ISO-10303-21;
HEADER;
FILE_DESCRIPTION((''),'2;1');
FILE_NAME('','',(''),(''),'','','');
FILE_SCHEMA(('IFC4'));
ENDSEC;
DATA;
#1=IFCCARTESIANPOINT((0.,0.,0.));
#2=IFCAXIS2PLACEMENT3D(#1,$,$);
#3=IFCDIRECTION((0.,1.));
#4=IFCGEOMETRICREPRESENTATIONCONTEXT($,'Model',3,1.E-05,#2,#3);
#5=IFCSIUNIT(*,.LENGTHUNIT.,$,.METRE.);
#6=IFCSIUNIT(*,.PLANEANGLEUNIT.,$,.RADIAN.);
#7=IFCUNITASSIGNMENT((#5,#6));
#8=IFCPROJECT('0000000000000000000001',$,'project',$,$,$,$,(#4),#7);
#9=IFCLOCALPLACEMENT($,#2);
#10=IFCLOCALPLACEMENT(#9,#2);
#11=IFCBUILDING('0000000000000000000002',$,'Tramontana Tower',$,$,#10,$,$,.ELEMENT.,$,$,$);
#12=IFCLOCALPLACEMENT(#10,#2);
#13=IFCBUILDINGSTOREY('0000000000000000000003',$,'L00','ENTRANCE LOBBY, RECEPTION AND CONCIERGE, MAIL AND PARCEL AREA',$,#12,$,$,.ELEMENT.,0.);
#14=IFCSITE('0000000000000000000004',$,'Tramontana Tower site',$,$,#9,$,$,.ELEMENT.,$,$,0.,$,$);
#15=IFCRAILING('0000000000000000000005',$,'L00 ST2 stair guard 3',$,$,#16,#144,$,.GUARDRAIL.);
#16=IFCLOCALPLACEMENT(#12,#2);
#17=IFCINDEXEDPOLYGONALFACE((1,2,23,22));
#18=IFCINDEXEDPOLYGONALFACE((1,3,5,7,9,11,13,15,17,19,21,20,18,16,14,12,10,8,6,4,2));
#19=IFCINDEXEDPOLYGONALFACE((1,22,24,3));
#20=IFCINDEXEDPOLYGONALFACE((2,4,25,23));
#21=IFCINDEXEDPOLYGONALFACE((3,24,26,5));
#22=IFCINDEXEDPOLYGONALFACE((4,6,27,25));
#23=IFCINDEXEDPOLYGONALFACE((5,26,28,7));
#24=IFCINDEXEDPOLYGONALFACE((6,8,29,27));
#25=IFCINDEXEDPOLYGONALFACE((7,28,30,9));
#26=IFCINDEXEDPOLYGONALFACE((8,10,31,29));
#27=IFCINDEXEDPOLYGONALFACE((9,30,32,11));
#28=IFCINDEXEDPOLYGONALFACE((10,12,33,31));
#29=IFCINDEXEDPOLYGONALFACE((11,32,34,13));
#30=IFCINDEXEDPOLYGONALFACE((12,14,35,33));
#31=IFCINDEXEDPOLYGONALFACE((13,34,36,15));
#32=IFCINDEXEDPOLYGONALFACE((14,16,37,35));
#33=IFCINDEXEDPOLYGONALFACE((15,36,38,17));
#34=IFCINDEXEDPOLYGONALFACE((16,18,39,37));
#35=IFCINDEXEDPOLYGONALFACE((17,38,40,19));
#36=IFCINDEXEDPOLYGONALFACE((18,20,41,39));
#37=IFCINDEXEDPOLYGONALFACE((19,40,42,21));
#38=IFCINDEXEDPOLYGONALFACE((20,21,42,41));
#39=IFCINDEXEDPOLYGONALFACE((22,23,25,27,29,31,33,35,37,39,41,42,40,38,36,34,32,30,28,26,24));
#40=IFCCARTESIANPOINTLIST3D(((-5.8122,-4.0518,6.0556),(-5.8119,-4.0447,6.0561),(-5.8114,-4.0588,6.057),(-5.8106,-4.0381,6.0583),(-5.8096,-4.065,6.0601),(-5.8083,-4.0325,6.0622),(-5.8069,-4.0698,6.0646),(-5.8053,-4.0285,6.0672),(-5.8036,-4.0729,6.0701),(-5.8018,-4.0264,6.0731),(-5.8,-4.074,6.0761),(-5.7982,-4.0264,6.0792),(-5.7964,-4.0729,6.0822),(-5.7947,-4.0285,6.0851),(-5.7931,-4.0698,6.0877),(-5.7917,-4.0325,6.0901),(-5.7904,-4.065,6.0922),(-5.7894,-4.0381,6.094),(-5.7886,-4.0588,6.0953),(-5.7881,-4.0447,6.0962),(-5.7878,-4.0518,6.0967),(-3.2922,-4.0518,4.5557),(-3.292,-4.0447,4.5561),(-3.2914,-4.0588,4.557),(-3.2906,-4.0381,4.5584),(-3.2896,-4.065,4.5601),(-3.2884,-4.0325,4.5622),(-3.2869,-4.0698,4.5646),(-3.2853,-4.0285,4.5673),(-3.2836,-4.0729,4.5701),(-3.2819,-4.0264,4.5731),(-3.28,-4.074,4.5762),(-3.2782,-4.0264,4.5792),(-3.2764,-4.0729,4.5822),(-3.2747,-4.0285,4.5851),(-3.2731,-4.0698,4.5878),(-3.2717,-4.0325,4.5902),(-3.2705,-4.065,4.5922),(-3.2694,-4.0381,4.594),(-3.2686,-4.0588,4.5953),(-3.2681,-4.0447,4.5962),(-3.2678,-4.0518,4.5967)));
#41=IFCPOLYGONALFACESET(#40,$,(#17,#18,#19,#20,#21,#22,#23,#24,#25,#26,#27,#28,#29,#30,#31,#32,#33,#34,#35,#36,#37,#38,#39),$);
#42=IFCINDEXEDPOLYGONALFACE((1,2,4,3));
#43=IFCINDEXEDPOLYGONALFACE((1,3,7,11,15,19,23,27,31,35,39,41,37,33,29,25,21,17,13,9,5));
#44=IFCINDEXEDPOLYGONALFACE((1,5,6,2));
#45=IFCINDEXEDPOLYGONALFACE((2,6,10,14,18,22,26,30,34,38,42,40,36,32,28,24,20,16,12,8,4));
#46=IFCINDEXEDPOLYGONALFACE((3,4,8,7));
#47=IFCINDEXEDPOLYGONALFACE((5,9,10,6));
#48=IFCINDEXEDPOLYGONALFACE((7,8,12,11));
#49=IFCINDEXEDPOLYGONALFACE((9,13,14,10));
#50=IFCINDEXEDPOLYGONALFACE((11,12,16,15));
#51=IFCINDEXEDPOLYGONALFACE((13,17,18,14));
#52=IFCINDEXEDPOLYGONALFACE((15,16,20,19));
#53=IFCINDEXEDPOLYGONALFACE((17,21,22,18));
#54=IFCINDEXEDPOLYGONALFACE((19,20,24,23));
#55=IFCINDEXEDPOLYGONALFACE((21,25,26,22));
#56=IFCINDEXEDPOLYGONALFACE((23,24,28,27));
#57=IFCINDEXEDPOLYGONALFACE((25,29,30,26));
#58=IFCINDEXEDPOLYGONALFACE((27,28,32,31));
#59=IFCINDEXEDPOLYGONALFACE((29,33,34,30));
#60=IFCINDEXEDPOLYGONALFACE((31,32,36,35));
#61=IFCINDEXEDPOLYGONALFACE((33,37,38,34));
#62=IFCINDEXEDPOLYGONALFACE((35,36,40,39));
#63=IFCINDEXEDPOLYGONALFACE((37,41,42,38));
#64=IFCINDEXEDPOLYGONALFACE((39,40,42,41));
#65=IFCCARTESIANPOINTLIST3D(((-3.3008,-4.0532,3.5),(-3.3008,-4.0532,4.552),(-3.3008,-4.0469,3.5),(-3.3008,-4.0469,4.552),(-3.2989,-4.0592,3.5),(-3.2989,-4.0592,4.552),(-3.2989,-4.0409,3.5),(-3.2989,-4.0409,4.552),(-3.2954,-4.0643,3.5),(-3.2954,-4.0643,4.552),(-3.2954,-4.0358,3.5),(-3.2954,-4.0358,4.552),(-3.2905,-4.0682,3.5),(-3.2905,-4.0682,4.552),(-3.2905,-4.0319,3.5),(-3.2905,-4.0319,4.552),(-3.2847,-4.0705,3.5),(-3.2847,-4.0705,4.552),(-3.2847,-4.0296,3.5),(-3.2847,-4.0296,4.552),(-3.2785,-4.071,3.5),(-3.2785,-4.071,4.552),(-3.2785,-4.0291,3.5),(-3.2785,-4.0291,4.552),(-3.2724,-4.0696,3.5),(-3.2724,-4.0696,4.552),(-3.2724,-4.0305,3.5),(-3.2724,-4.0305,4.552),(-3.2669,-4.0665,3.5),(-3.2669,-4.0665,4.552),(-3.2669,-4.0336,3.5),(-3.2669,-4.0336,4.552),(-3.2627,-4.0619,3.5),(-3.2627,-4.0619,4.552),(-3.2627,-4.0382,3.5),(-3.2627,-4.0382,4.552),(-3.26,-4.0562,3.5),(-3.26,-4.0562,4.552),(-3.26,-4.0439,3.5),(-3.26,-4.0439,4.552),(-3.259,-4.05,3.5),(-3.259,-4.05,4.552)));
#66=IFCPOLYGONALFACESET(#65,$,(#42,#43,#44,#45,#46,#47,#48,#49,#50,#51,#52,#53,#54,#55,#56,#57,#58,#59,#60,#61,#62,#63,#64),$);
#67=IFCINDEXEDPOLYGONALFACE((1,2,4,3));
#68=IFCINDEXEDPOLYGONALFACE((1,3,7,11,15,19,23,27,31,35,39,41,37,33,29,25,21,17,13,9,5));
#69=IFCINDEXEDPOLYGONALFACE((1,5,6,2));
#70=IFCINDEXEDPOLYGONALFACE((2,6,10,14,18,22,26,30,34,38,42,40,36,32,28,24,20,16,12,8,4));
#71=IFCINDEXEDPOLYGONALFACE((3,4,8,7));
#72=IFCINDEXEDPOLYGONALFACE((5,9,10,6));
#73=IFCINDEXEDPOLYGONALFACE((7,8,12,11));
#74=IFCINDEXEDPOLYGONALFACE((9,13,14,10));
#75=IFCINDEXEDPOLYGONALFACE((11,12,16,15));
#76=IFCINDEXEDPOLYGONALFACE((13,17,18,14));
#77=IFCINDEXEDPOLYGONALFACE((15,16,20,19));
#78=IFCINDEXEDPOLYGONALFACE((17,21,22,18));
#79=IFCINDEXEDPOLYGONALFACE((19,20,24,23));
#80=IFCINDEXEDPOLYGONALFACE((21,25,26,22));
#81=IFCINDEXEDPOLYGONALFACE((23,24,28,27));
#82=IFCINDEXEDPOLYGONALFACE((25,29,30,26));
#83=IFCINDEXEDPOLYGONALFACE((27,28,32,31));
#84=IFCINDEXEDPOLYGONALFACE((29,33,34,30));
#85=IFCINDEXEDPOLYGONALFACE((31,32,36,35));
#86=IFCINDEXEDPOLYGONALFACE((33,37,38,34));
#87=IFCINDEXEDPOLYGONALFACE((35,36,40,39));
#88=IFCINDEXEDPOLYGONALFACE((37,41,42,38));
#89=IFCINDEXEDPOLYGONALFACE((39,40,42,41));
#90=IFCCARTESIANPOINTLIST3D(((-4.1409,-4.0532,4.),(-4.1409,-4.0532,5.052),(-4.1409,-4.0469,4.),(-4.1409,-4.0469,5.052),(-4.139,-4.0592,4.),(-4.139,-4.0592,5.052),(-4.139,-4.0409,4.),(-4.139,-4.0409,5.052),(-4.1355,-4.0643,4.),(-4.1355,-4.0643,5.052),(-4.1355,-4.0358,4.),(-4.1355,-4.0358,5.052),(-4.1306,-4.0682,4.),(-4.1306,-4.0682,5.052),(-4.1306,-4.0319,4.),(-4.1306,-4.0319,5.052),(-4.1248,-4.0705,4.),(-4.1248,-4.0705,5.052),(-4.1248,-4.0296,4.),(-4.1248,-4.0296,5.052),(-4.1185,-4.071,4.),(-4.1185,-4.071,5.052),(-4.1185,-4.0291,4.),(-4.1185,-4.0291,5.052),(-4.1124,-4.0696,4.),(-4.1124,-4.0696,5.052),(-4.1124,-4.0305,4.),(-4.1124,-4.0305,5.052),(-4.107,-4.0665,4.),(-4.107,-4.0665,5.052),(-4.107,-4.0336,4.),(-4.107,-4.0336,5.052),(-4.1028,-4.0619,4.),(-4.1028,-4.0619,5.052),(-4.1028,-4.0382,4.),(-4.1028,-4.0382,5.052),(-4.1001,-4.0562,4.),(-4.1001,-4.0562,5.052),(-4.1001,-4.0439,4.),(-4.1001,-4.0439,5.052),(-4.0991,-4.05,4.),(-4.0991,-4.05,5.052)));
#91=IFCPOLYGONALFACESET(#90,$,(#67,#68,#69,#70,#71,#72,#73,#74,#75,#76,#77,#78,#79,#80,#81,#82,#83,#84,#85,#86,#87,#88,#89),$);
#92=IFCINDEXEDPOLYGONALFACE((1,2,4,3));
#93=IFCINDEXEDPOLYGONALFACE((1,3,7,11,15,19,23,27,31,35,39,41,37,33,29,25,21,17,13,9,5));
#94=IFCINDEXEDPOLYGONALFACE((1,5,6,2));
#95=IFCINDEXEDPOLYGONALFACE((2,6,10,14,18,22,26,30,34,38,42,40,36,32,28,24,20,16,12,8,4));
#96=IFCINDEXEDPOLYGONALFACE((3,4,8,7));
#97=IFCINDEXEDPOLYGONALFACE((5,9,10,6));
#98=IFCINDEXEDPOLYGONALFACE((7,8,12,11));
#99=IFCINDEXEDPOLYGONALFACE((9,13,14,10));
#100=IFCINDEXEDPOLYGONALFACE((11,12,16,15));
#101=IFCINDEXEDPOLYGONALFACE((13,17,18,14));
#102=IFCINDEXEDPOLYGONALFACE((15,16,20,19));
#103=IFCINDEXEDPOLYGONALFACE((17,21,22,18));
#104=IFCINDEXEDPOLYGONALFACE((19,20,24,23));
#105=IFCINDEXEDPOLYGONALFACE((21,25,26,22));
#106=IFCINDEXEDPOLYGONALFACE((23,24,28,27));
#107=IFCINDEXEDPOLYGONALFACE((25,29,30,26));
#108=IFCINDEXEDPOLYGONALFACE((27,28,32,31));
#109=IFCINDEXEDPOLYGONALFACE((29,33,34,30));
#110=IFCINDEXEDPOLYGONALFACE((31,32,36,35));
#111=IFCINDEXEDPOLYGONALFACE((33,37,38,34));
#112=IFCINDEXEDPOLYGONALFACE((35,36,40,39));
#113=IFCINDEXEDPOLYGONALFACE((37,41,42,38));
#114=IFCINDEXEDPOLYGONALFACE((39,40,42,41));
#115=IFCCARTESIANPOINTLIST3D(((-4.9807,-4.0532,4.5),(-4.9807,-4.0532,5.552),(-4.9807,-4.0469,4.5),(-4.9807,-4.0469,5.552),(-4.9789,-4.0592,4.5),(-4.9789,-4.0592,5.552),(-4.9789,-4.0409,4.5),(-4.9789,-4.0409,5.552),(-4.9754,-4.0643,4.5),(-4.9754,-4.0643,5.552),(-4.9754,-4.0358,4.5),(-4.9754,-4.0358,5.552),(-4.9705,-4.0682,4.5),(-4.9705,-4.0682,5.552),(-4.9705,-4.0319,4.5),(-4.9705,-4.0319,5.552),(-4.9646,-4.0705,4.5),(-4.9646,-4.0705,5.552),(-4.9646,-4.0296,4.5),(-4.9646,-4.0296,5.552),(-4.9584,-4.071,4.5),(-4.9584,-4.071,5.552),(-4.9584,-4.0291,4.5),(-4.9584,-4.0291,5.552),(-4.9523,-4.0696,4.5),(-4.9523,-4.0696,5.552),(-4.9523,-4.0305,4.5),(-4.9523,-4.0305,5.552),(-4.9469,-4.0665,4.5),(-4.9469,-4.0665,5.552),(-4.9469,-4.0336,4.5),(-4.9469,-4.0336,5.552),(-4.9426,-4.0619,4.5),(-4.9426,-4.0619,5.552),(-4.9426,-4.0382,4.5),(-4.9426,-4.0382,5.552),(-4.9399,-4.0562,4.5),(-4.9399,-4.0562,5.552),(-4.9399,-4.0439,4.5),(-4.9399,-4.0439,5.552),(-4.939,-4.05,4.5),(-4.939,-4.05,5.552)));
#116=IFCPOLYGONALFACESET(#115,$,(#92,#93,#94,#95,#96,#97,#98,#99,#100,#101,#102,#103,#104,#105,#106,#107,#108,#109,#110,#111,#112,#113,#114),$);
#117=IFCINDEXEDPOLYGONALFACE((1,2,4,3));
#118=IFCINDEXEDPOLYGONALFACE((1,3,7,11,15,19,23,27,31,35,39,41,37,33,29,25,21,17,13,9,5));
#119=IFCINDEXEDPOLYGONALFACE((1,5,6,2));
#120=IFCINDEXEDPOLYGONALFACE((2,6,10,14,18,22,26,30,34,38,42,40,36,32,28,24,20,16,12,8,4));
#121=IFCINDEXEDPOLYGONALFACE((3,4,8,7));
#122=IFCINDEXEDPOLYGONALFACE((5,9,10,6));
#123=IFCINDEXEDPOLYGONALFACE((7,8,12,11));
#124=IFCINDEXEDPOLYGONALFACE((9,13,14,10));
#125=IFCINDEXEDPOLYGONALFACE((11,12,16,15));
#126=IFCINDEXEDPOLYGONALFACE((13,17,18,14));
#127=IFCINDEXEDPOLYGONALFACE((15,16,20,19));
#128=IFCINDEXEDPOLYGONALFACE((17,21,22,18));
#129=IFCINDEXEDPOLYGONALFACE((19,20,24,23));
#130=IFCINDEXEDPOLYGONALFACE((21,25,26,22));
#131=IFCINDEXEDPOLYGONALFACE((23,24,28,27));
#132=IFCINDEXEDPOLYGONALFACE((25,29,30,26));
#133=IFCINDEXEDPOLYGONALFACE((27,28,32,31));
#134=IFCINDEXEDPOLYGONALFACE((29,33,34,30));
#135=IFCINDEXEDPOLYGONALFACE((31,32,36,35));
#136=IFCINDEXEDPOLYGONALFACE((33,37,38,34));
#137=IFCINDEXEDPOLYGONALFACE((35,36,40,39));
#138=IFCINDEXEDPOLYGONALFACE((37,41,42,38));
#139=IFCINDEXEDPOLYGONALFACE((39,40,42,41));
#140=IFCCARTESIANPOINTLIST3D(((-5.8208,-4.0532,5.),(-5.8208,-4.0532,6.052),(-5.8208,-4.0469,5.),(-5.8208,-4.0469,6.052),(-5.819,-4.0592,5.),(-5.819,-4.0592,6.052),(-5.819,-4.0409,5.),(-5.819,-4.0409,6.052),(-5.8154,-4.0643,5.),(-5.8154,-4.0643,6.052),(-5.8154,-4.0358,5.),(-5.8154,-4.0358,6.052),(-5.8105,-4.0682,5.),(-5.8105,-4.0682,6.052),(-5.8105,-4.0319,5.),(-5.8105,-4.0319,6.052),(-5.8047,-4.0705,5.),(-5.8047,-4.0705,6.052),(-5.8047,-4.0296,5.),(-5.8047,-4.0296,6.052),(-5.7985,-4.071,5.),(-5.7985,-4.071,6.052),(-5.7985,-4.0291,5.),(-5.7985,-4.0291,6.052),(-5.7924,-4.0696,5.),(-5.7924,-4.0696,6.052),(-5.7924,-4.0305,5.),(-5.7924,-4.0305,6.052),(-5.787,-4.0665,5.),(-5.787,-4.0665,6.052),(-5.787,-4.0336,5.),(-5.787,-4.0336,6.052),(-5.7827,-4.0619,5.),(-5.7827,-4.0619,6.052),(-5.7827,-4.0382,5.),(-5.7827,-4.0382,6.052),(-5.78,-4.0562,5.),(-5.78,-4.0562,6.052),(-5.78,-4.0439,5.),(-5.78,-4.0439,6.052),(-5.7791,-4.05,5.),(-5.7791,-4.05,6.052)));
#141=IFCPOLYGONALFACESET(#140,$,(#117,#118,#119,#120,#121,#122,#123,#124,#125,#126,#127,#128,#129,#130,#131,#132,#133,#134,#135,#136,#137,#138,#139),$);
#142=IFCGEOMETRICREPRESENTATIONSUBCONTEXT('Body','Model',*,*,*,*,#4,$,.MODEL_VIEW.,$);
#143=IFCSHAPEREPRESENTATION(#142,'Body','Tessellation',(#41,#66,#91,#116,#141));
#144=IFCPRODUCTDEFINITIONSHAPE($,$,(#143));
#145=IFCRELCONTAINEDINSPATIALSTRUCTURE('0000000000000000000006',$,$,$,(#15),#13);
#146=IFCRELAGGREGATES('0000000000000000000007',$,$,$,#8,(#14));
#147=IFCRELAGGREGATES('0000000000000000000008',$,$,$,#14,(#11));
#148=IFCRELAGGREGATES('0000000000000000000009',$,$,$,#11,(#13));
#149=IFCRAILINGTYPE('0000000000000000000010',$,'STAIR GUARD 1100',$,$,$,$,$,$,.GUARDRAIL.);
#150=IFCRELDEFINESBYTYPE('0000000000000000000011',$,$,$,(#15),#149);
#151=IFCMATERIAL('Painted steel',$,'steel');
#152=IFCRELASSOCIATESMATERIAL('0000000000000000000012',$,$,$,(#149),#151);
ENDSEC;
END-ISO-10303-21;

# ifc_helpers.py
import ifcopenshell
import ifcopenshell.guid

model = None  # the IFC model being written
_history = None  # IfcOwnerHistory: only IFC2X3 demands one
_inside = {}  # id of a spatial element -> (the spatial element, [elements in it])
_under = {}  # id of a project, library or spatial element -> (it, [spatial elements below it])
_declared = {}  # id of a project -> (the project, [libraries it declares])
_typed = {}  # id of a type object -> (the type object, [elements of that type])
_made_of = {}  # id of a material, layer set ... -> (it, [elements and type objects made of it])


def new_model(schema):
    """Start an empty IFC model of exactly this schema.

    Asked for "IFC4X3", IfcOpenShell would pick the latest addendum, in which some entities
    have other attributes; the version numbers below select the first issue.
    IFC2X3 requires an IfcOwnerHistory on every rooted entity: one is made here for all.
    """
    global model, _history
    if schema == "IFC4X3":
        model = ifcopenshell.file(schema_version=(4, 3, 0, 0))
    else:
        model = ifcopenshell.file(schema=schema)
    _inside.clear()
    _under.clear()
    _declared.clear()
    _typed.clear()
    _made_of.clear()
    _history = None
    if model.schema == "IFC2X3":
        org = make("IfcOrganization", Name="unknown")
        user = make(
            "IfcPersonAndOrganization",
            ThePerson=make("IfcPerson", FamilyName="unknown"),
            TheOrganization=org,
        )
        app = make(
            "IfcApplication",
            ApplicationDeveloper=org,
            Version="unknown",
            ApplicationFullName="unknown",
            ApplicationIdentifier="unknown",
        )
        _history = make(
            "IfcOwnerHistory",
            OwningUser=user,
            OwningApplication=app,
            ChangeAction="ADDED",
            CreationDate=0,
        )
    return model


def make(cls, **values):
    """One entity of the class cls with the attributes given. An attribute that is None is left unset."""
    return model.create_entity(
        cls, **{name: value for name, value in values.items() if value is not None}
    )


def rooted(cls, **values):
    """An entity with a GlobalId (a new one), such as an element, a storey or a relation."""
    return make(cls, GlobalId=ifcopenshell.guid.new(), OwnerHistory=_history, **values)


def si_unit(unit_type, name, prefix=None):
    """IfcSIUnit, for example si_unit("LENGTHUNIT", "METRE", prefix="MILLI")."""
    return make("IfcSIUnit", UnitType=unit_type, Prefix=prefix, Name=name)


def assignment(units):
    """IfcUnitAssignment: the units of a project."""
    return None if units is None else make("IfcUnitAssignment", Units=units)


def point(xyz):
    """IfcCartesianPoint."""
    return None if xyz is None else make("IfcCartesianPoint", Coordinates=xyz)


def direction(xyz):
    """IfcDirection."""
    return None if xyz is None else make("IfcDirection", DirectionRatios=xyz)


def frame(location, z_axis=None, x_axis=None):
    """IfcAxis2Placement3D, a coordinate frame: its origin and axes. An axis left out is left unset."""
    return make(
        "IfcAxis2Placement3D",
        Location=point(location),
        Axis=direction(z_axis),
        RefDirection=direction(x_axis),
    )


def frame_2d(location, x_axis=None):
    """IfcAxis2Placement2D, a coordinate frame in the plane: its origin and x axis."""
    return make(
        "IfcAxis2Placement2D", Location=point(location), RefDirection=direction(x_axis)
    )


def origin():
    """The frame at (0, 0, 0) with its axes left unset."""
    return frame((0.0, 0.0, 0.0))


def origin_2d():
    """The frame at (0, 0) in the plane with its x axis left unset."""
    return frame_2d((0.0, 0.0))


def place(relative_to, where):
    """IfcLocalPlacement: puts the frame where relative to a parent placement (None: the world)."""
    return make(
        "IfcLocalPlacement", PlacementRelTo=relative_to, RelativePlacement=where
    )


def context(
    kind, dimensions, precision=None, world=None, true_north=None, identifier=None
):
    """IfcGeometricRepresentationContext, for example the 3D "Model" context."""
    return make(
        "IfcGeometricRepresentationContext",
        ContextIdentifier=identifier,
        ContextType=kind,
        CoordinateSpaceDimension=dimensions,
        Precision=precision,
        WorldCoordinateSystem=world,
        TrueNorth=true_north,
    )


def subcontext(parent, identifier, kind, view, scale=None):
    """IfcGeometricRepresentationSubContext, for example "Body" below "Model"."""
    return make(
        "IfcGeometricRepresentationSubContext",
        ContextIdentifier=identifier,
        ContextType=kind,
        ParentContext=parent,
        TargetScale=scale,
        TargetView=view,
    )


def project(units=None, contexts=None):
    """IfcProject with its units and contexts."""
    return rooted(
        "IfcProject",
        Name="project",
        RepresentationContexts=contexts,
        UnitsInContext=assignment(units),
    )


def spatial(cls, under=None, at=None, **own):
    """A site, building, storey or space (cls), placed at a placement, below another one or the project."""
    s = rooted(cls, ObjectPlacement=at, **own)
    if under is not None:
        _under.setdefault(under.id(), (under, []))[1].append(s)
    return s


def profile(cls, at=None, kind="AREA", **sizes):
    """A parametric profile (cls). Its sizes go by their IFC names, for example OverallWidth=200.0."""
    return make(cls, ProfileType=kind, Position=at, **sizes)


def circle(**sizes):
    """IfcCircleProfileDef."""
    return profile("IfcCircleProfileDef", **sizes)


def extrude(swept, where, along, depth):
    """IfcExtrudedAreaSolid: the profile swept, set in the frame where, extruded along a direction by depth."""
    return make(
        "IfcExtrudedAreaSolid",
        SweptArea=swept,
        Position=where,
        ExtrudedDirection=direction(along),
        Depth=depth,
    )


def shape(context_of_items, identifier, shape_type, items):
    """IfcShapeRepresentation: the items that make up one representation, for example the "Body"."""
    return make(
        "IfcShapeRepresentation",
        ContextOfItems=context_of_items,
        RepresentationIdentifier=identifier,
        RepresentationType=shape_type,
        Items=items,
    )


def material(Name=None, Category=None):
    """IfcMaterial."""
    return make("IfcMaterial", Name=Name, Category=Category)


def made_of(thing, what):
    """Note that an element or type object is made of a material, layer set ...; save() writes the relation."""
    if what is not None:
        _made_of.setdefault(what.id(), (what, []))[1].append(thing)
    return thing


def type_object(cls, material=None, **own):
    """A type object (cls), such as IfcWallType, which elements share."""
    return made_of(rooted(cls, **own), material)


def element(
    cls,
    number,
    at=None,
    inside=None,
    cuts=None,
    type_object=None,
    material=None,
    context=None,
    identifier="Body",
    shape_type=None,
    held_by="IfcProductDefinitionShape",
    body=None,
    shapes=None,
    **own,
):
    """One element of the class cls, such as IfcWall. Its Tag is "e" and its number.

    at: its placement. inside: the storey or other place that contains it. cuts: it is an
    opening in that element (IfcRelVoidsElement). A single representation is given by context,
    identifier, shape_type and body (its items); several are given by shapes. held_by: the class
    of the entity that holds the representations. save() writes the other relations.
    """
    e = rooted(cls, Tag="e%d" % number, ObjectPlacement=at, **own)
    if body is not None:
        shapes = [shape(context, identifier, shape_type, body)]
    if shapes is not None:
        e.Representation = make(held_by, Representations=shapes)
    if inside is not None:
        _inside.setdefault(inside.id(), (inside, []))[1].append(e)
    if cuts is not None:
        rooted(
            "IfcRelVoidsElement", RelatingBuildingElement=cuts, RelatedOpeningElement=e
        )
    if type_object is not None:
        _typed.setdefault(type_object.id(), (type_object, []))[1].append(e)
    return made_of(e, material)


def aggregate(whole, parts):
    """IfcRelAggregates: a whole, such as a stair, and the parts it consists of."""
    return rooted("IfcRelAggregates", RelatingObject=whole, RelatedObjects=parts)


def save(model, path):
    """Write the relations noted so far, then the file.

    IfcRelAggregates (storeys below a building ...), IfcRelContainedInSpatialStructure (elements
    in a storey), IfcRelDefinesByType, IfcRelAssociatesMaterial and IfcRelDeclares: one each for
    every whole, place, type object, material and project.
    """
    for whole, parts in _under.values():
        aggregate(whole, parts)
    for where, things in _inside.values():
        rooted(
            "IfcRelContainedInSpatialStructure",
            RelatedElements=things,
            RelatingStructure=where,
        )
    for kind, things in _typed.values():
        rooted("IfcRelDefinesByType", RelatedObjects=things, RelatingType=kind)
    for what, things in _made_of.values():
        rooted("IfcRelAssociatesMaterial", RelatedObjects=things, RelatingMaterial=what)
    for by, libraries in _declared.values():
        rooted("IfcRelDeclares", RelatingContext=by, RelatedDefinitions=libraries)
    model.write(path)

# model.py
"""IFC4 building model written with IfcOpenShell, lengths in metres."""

from ifc_helpers import new_model, si_unit, direction, frame, origin, origin_2d, place, context, subcontext, project, spatial, circle, extrude, material, type_object, element, save


model = new_model("IFC4")

# Units and contexts
model_context = context("Model", 3, precision=1e-05, world=origin(), true_north=direction((0.0, 1.0)))
body_context = subcontext(model_context, "Body", "Model", "MODEL_VIEW")
ifc_project = project(units=[si_unit("LENGTHUNIT", "METRE"), si_unit("PLANEANGLEUNIT", "RADIAN")], contexts=[model_context])

# Site, building, storey
site_placement = place(None, origin())
site = spatial("IfcSite", under=ifc_project, at=site_placement, Name="Tramontana Tower site", CompositionType="ELEMENT", RefElevation=0.0)
building_placement = place(site_placement, origin())
building = spatial("IfcBuilding", under=site, at=building_placement, Name="Tramontana Tower", CompositionType="ELEMENT")
storey_placement = place(building_placement, origin())
storey = spatial("IfcBuildingStorey", under=building, at=storey_placement, Name="L00", Description="ENTRANCE LOBBY, RECEPTION AND CONCIERGE, MAIL AND PARCEL AREA", CompositionType="ELEMENT", Elevation=0.0)

# Railing
ifc_material_1 = material(Name="Painted steel", Category="steel")
railing_type_1 = type_object("IfcRailingType", Name="STAIR GUARD 1100", PredefinedType="GUARDRAIL", material=ifc_material_1)
railing_1_placement = place(storey_placement, frame((-3.28, -4.05, 3.5)))
element("IfcRailing", 1, at=railing_1_placement, inside=storey, type_object=railing_type_1, Name="L00 ST2 stair guard 3", PredefinedType="GUARDRAIL", context=body_context, shape_type="SweptSolid", body=[
    extrude(circle(Radius=0.0239, at=origin_2d()), frame((0.0, 0.0, 1.0762), z_axis=(-0.859295, 0.0, 0.511481), x_axis=(0.0, -1.0, 0.0)), (0.0, 0.0, 1.0), 2.9326),
    extrude(circle(Radius=0.021, at=origin_2d()), origin(), (0.0, 0.0, 1.0), 1.052),
    extrude(circle(Radius=0.021, at=origin_2d()), frame((-0.8401, 0.0, 0.5)), (0.0, 0.0, 1.0), 1.052),
    extrude(circle(Radius=0.021, at=origin_2d()), frame((-1.6799, 0.0, 1.0)), (0.0, 0.0, 1.0), 1.052),
    extrude(circle(Radius=0.021, at=origin_2d()), frame((-2.52, 0.0, 1.5)), (0.0, 0.0, 1.0), 1.052),
])

save(model, "model.ifc")
